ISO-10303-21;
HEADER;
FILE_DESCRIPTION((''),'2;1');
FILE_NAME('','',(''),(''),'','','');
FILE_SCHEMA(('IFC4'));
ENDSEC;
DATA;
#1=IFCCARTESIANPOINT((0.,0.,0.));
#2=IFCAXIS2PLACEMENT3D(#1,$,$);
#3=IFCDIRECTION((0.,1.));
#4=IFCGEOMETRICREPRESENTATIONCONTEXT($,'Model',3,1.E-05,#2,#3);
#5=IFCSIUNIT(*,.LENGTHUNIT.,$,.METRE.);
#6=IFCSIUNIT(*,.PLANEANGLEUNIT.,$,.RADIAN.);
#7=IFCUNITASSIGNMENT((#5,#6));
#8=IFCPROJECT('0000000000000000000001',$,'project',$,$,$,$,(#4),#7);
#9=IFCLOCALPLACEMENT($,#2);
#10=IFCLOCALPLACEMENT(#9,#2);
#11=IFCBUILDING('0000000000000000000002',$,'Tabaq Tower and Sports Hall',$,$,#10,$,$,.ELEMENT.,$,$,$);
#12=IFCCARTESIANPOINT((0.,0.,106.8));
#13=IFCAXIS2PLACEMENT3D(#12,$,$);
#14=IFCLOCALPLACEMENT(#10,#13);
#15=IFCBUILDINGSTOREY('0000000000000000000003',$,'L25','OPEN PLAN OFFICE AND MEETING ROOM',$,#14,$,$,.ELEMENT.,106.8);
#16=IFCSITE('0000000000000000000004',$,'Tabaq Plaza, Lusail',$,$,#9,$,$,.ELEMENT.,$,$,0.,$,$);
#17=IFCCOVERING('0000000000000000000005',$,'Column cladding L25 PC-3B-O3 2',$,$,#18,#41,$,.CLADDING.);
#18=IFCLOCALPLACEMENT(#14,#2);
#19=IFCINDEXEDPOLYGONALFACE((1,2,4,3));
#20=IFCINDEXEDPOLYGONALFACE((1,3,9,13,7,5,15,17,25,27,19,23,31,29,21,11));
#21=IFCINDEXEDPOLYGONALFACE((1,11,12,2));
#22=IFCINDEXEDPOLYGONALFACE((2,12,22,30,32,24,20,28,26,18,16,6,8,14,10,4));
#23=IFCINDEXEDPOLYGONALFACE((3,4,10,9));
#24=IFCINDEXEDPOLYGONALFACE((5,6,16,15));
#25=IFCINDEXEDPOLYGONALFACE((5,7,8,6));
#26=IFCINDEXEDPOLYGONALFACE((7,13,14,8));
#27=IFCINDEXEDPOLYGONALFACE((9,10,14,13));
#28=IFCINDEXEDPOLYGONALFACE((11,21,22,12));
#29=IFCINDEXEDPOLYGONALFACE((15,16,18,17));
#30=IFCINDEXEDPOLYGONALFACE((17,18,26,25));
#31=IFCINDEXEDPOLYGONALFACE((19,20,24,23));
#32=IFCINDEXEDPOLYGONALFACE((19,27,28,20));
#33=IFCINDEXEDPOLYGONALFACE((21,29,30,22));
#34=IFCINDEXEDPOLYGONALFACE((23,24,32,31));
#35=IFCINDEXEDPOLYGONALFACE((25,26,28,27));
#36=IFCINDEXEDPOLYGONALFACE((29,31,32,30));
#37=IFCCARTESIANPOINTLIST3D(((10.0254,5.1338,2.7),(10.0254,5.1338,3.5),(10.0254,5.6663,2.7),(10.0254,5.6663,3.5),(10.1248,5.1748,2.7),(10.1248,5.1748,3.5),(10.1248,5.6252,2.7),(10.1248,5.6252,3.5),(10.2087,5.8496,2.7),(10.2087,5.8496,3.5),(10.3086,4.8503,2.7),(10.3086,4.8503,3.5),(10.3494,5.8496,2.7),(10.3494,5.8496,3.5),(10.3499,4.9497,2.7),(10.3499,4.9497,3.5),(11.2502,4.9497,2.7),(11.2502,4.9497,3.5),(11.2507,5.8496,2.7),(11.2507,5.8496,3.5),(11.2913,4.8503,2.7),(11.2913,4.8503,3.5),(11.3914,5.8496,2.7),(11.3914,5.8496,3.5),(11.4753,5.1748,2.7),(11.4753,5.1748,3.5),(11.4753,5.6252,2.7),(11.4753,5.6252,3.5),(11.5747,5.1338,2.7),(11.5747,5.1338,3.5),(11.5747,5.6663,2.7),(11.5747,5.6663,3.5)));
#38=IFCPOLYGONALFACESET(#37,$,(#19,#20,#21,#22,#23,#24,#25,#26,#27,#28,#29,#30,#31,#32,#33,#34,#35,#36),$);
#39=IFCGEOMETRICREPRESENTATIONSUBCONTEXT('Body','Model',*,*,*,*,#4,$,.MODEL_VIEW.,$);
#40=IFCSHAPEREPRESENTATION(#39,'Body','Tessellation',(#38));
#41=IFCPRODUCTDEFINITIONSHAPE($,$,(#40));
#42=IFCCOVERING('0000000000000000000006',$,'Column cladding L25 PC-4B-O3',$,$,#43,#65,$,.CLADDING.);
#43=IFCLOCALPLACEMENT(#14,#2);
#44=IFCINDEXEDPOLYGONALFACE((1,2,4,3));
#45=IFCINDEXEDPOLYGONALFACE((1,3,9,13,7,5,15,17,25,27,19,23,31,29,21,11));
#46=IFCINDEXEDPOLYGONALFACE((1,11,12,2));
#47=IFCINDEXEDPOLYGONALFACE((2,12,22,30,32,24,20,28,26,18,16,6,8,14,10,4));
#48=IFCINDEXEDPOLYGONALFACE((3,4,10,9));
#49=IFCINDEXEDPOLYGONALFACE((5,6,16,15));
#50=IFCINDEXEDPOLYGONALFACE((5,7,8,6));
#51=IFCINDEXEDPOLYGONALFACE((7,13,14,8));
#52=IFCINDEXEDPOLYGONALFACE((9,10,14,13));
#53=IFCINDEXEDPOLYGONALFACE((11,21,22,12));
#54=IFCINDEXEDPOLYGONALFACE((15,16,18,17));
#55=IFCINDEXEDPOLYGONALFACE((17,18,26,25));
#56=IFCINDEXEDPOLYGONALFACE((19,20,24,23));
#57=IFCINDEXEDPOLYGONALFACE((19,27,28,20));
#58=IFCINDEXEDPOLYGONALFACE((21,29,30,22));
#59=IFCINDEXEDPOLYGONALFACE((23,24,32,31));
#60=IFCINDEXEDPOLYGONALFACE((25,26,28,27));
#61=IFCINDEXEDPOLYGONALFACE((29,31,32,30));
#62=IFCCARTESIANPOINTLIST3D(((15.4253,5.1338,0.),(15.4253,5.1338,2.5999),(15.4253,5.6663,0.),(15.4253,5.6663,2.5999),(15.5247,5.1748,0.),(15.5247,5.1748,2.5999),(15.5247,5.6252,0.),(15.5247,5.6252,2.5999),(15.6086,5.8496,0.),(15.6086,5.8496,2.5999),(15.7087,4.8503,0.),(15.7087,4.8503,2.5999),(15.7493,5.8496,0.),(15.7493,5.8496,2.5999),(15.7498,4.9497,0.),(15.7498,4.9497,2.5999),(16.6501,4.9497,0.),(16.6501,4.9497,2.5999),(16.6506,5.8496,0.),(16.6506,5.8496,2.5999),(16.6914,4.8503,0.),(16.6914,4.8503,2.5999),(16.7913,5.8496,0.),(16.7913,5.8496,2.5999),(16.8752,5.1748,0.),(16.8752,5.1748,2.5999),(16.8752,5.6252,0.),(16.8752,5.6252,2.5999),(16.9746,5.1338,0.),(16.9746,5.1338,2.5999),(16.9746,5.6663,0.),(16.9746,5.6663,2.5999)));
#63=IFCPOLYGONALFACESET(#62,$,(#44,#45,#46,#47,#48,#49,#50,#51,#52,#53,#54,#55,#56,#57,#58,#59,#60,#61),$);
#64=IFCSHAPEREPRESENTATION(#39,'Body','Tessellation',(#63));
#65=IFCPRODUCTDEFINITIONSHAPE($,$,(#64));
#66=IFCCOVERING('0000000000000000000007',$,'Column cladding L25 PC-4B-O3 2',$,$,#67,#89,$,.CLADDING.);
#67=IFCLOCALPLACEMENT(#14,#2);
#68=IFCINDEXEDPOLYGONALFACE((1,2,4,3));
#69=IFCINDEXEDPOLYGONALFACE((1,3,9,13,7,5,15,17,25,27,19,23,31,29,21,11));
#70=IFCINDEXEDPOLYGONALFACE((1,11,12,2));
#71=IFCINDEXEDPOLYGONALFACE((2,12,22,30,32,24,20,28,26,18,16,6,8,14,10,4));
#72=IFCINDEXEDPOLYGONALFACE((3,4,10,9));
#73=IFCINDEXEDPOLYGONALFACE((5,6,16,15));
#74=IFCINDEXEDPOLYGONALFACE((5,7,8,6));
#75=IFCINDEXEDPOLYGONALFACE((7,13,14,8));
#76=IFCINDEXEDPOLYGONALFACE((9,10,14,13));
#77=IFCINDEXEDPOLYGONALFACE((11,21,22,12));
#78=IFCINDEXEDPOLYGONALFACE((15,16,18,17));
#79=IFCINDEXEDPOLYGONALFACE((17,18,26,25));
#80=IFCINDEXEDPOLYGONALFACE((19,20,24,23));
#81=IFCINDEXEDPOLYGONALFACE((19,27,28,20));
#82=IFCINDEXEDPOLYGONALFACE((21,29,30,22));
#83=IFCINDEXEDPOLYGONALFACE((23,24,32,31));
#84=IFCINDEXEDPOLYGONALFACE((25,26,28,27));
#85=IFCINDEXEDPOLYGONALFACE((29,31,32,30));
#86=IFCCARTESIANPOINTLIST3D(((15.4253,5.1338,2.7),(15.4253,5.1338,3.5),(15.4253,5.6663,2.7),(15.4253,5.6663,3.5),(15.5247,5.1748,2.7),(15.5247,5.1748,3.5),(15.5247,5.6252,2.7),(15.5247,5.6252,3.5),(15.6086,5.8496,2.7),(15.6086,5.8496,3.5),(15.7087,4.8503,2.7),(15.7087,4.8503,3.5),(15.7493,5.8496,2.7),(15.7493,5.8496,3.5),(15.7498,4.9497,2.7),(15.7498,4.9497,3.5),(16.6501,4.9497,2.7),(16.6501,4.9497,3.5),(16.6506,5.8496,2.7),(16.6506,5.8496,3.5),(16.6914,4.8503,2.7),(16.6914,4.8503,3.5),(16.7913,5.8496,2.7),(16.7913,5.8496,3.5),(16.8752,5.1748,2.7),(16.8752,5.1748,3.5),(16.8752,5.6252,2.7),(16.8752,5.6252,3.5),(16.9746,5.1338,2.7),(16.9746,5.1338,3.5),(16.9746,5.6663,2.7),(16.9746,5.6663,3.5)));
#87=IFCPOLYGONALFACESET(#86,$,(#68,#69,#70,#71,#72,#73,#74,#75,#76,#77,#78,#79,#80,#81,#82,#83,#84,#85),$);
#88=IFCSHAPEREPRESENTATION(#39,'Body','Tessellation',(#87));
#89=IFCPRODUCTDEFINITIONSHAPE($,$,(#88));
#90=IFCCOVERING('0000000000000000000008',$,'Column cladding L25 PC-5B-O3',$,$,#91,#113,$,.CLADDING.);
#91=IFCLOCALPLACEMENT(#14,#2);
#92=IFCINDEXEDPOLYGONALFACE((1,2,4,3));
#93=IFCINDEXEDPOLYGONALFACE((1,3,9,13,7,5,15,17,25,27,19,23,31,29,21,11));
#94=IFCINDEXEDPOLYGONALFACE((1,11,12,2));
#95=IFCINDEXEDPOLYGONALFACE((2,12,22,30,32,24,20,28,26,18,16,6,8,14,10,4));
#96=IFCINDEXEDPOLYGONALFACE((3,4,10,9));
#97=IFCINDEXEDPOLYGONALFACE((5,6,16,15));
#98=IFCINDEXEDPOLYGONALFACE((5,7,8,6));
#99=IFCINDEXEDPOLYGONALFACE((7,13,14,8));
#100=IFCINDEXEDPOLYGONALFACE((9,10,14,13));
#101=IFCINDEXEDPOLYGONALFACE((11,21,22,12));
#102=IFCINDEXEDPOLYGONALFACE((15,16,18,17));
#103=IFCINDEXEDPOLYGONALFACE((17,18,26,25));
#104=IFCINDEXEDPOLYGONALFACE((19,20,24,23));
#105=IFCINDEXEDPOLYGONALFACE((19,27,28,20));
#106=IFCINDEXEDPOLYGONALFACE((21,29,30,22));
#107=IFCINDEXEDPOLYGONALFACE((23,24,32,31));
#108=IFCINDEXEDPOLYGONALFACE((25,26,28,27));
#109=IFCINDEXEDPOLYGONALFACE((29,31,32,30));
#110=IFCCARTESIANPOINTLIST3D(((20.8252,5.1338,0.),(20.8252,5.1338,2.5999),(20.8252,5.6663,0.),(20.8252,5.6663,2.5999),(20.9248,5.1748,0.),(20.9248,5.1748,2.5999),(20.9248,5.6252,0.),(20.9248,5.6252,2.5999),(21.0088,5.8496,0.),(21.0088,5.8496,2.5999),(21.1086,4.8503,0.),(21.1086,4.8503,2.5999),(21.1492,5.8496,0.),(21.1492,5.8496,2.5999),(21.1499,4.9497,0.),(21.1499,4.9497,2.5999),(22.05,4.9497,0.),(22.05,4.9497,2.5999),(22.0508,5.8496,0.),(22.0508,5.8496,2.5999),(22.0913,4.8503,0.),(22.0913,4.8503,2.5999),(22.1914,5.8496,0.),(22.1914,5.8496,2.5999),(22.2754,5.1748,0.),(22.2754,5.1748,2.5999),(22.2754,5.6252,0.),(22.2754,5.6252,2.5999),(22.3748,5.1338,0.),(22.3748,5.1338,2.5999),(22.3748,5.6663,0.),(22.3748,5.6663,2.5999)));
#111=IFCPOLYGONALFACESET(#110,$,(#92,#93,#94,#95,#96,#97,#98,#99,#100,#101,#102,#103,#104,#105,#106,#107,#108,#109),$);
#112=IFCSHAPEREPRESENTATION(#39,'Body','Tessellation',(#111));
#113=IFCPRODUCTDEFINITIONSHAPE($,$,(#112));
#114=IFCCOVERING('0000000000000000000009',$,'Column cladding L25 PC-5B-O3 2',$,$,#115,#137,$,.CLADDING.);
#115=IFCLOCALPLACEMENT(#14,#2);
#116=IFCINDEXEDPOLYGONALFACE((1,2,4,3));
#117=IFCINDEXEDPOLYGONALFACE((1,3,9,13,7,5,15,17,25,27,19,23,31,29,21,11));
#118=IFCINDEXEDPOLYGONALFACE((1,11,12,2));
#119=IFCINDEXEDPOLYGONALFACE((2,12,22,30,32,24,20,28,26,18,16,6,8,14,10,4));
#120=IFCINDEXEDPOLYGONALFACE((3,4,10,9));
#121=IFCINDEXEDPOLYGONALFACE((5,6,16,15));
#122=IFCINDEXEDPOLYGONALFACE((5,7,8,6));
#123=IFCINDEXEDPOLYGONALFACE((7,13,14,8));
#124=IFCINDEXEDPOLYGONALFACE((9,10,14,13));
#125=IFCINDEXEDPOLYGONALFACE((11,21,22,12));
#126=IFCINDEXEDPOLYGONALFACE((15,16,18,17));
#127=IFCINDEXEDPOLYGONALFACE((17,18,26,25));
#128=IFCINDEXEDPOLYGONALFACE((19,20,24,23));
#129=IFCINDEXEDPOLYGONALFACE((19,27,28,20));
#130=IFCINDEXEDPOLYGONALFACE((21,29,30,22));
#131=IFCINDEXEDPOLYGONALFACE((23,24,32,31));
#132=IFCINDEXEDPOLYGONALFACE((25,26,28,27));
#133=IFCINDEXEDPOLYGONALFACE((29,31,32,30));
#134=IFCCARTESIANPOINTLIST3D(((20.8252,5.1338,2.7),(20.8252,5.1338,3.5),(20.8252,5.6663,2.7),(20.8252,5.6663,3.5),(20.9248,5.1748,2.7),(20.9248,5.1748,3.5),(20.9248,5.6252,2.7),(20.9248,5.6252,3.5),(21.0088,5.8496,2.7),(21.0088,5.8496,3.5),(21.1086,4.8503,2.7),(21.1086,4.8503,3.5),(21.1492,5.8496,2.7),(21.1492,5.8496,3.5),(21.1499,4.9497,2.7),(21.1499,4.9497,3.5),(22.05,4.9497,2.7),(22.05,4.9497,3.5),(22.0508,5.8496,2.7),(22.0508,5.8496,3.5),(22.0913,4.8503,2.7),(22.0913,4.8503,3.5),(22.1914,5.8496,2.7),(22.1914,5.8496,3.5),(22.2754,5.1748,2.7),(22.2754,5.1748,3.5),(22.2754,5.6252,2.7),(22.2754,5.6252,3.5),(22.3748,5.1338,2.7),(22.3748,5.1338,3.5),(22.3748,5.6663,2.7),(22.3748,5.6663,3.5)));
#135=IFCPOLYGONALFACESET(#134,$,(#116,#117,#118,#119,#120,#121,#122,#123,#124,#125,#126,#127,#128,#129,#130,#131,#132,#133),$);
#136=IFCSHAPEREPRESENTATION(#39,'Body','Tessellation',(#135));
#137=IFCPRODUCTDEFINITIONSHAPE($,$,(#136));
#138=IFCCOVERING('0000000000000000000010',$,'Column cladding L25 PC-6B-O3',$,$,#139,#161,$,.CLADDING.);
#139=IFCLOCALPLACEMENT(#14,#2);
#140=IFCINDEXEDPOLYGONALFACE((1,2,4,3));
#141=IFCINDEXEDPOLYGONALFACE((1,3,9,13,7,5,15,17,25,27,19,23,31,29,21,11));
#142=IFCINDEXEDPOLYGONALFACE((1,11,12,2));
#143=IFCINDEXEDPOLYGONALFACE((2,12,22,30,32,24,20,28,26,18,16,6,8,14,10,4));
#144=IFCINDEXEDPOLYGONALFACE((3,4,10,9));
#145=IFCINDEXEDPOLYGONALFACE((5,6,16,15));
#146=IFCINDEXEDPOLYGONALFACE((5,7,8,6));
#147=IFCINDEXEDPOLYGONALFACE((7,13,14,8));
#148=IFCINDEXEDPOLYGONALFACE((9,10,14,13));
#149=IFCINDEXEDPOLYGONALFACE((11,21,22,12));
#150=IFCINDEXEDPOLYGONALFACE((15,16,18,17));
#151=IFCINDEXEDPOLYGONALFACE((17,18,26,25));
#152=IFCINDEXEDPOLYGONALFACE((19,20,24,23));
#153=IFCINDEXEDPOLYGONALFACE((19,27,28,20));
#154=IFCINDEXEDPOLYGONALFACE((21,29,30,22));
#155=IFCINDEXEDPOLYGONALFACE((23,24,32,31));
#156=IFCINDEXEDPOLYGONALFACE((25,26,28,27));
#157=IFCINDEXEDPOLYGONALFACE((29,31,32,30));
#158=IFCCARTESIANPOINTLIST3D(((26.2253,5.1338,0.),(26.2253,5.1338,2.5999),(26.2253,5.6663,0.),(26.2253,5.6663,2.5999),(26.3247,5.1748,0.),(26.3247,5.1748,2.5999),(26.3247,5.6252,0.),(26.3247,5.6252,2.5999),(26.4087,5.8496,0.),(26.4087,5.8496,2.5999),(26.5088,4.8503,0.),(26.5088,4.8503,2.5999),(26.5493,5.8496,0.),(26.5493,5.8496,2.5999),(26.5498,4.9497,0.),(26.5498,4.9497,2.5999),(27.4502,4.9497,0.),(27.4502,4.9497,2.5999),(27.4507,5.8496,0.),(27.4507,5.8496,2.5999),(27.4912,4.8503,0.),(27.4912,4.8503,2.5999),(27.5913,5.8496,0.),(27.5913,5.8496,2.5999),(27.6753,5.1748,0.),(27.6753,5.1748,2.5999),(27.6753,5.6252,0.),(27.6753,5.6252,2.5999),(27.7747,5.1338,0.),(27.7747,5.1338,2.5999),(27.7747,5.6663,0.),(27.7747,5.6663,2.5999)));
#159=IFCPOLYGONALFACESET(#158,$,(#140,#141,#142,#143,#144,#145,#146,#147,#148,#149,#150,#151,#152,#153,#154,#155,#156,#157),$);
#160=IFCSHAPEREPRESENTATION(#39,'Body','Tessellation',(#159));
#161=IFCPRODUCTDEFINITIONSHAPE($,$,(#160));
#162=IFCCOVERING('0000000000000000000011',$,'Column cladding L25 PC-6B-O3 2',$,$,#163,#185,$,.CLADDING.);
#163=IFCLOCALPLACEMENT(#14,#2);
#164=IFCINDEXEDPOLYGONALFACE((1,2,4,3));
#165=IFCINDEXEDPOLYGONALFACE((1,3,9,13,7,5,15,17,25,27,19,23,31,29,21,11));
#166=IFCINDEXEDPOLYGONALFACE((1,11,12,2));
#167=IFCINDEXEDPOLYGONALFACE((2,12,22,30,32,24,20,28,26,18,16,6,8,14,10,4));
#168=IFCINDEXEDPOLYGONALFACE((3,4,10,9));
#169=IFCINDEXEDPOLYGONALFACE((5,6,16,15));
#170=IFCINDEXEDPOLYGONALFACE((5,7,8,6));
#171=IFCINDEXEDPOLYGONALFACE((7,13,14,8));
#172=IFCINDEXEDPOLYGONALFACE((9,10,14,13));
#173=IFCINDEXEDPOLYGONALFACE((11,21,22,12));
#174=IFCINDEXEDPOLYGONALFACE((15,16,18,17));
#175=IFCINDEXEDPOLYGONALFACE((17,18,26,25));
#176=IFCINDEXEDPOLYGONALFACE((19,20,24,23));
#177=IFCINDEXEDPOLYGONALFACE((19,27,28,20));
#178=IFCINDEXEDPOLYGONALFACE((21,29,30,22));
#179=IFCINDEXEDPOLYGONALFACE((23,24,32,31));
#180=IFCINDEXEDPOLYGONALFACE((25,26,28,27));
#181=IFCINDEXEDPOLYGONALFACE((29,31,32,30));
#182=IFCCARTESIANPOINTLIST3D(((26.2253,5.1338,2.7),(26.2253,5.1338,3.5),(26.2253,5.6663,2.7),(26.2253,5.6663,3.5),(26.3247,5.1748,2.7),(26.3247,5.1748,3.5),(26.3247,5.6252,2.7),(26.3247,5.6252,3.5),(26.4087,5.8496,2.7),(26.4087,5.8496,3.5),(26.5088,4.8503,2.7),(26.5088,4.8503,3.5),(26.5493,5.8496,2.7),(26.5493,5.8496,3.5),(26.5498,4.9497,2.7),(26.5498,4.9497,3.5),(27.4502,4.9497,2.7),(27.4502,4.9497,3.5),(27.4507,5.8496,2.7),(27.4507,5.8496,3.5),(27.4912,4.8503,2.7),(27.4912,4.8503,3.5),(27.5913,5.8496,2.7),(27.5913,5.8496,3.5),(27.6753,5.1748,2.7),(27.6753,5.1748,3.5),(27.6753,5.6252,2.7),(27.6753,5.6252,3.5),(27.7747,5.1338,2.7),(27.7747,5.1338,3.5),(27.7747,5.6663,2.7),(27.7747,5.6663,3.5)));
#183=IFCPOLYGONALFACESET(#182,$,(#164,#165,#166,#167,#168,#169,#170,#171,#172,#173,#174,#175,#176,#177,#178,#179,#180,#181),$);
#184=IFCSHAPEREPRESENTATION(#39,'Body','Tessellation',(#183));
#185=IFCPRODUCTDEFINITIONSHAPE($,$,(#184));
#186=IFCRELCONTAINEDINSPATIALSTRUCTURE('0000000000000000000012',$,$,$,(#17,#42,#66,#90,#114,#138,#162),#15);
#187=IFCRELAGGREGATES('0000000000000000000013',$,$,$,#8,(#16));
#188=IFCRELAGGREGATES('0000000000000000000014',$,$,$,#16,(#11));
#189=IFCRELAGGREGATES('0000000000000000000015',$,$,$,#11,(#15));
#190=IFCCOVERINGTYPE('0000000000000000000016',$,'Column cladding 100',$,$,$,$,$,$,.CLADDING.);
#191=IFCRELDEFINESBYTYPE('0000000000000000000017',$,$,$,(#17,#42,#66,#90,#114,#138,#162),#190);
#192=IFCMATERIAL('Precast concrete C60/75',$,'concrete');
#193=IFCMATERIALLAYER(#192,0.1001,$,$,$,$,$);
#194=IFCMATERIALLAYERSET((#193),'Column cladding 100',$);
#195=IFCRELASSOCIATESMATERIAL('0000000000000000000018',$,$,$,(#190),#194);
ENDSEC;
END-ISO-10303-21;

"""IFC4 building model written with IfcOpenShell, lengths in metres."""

from ifc_helpers import new_model, si_unit, direction, frame, origin, place, context, subcontext, project, spatial, polyline, outline, extrude, material, layer, layer_set, type_object, element, save


model = new_model("IFC4")

# Units and contexts
model_context = context("Model", 3, precision=1e-05, world=origin(), true_north=direction((0.0, 1.0)))
body_context = subcontext(model_context, "Body", "Model", "MODEL_VIEW")
ifc_project = project(units=[si_unit("LENGTHUNIT", "METRE"), si_unit("PLANEANGLEUNIT", "RADIAN")], contexts=[model_context])

# Site, building, storey
site_placement = place(None, origin())
site = spatial("IfcSite", under=ifc_project, at=site_placement, Name="Tabaq Plaza, Lusail", CompositionType="ELEMENT", RefElevation=0.0)
building_placement = place(site_placement, origin())
building = spatial("IfcBuilding", under=site, at=building_placement, Name="Tabaq Tower and Sports Hall", CompositionType="ELEMENT")
storey_placement = place(building_placement, frame((0.0, 0.0, 106.8)))
storey = spatial("IfcBuildingStorey", under=building, at=storey_placement, Name="L25", Description="OPEN PLAN OFFICE AND MEETING ROOM", CompositionType="ELEMENT", Elevation=106.8)

# Coverings
ifc_material_1 = material(Name="Precast concrete C60/75", Category="concrete")
ifc_layer_1 = layer(ifc_material_1, 0.1001)
ifc_layer_set_1 = layer_set([ifc_layer_1], Name="Column cladding 100")
covering_type = type_object("IfcCoveringType", Name="Column cladding 100", PredefinedType="CLADDING", material=ifc_layer_set_1)
covering_1_placement = place(storey_placement, frame((0.0, 0.0, 2.7)))
element("IfcCovering", 1, at=covering_1_placement, inside=storey, type_object=covering_type, Name="Column cladding L25 PC-3B-O3 2", PredefinedType="CLADDING", context=body_context, shape_type="SweptSolid", body=[
    extrude(outline(polyline([(10.0254, 5.6663), (10.2087, 5.8496), (10.3494, 5.8496), (10.1248, 5.6252), (10.1248, 5.1748), (10.3499, 4.9497), (11.2502, 4.9497), (11.4753, 5.1748), (11.4753, 5.6252), (11.2507, 5.8496), (11.3914, 5.8496), (11.5747, 5.6663), (11.5747, 5.1338), (11.2913, 4.8503), (10.3086, 4.8503), (10.0254, 5.1338), (10.0254, 5.6663)])), origin(), (0.0, 0.0, 1.0), 0.8),
])
covering_2_placement = place(storey_placement, origin())
element("IfcCovering", 2, at=covering_2_placement, inside=storey, type_object=covering_type, Name="Column cladding L25 PC-4B-O3", PredefinedType="CLADDING", context=body_context, shape_type="SweptSolid", body=[
    extrude(outline(polyline([(15.4253, 5.6663), (15.6086, 5.8496), (15.7493, 5.8496), (15.5247, 5.6252), (15.5247, 5.1748), (15.7498, 4.9497), (16.6501, 4.9497), (16.8752, 5.1748), (16.8752, 5.6252), (16.6506, 5.8496), (16.7913, 5.8496), (16.9746, 5.6663), (16.9746, 5.1338), (16.6914, 4.8503), (15.7087, 4.8503), (15.4253, 5.1338), (15.4253, 5.6663)])), origin(), (0.0, 0.0, 1.0), 2.5999),
])
covering_3_placement = place(storey_placement, frame((0.0, 0.0, 2.7)))
element("IfcCovering", 3, at=covering_3_placement, inside=storey, type_object=covering_type, Name="Column cladding L25 PC-4B-O3 2", PredefinedType="CLADDING", context=body_context, shape_type="SweptSolid", body=[
    extrude(outline(polyline([(15.4253, 5.6663), (15.6086, 5.8496), (15.7493, 5.8496), (15.5247, 5.6252), (15.5247, 5.1748), (15.7498, 4.9497), (16.6501, 4.9497), (16.8752, 5.1748), (16.8752, 5.6252), (16.6506, 5.8496), (16.7913, 5.8496), (16.9746, 5.6663), (16.9746, 5.1338), (16.6914, 4.8503), (15.7087, 4.8503), (15.4253, 5.1338), (15.4253, 5.6663)])), origin(), (0.0, 0.0, 1.0), 0.8),
])
covering_4_placement = place(storey_placement, origin())
element("IfcCovering", 4, at=covering_4_placement, inside=storey, type_object=covering_type, Name="Column cladding L25 PC-5B-O3", PredefinedType="CLADDING", context=body_context, shape_type="SweptSolid", body=[
    extrude(outline(polyline([(20.8252, 5.6663), (21.0088, 5.8496), (21.1492, 5.8496), (20.9248, 5.6252), (20.9248, 5.1748), (21.1499, 4.9497), (22.05, 4.9497), (22.2754, 5.1748), (22.2754, 5.6252), (22.0508, 5.8496), (22.1914, 5.8496), (22.3748, 5.6663), (22.3748, 5.1338), (22.0913, 4.8503), (21.1086, 4.8503), (20.8252, 5.1338), (20.8252, 5.6663)])), origin(), (0.0, 0.0, 1.0), 2.5999),
])
covering_5_placement = place(storey_placement, frame((0.0, 0.0, 2.7)))
element("IfcCovering", 5, at=covering_5_placement, inside=storey, type_object=covering_type, Name="Column cladding L25 PC-5B-O3 2", PredefinedType="CLADDING", context=body_context, shape_type="SweptSolid", body=[
    extrude(outline(polyline([(20.8252, 5.6663), (21.0088, 5.8496), (21.1492, 5.8496), (20.9248, 5.6252), (20.9248, 5.1748), (21.1499, 4.9497), (22.05, 4.9497), (22.2754, 5.1748), (22.2754, 5.6252), (22.0508, 5.8496), (22.1914, 5.8496), (22.3748, 5.6663), (22.3748, 5.1338), (22.0913, 4.8503), (21.1086, 4.8503), (20.8252, 5.1338), (20.8252, 5.6663)])), origin(), (0.0, 0.0, 1.0), 0.8),
])
covering_6_placement = place(storey_placement, origin())
element("IfcCovering", 6, at=covering_6_placement, inside=storey, type_object=covering_type, Name="Column cladding L25 PC-6B-O3", PredefinedType="CLADDING", context=body_context, shape_type="SweptSolid", body=[
    extrude(outline(polyline([(26.2253, 5.6663), (26.4087, 5.8496), (26.5493, 5.8496), (26.3247, 5.6252), (26.3247, 5.1748), (26.5498, 4.9497), (27.4502, 4.9497), (27.6753, 5.1748), (27.6753, 5.6252), (27.4507, 5.8496), (27.5913, 5.8496), (27.7747, 5.6663), (27.7747, 5.1338), (27.4912, 4.8503), (26.5088, 4.8503), (26.2253, 5.1338), (26.2253, 5.6663)])), origin(), (0.0, 0.0, 1.0), 2.5999),
])
covering_7_placement = place(storey_placement, frame((0.0, 0.0, 2.7)))
element("IfcCovering", 7, at=covering_7_placement, inside=storey, type_object=covering_type, Name="Column cladding L25 PC-6B-O3 2", PredefinedType="CLADDING", context=body_context, shape_type="SweptSolid", body=[
    extrude(outline(polyline([(26.2253, 5.6663), (26.4087, 5.8496), (26.5493, 5.8496), (26.3247, 5.6252), (26.3247, 5.1748), (26.5498, 4.9497), (27.4502, 4.9497), (27.6753, 5.1748), (27.6753, 5.6252), (27.4507, 5.8496), (27.5913, 5.8496), (27.7747, 5.6663), (27.7747, 5.1338), (27.4912, 4.8503), (26.5088, 4.8503), (26.2253, 5.1338), (26.2253, 5.6663)])), origin(), (0.0, 0.0, 1.0), 0.8),
])

save(model, "model.ifc")
